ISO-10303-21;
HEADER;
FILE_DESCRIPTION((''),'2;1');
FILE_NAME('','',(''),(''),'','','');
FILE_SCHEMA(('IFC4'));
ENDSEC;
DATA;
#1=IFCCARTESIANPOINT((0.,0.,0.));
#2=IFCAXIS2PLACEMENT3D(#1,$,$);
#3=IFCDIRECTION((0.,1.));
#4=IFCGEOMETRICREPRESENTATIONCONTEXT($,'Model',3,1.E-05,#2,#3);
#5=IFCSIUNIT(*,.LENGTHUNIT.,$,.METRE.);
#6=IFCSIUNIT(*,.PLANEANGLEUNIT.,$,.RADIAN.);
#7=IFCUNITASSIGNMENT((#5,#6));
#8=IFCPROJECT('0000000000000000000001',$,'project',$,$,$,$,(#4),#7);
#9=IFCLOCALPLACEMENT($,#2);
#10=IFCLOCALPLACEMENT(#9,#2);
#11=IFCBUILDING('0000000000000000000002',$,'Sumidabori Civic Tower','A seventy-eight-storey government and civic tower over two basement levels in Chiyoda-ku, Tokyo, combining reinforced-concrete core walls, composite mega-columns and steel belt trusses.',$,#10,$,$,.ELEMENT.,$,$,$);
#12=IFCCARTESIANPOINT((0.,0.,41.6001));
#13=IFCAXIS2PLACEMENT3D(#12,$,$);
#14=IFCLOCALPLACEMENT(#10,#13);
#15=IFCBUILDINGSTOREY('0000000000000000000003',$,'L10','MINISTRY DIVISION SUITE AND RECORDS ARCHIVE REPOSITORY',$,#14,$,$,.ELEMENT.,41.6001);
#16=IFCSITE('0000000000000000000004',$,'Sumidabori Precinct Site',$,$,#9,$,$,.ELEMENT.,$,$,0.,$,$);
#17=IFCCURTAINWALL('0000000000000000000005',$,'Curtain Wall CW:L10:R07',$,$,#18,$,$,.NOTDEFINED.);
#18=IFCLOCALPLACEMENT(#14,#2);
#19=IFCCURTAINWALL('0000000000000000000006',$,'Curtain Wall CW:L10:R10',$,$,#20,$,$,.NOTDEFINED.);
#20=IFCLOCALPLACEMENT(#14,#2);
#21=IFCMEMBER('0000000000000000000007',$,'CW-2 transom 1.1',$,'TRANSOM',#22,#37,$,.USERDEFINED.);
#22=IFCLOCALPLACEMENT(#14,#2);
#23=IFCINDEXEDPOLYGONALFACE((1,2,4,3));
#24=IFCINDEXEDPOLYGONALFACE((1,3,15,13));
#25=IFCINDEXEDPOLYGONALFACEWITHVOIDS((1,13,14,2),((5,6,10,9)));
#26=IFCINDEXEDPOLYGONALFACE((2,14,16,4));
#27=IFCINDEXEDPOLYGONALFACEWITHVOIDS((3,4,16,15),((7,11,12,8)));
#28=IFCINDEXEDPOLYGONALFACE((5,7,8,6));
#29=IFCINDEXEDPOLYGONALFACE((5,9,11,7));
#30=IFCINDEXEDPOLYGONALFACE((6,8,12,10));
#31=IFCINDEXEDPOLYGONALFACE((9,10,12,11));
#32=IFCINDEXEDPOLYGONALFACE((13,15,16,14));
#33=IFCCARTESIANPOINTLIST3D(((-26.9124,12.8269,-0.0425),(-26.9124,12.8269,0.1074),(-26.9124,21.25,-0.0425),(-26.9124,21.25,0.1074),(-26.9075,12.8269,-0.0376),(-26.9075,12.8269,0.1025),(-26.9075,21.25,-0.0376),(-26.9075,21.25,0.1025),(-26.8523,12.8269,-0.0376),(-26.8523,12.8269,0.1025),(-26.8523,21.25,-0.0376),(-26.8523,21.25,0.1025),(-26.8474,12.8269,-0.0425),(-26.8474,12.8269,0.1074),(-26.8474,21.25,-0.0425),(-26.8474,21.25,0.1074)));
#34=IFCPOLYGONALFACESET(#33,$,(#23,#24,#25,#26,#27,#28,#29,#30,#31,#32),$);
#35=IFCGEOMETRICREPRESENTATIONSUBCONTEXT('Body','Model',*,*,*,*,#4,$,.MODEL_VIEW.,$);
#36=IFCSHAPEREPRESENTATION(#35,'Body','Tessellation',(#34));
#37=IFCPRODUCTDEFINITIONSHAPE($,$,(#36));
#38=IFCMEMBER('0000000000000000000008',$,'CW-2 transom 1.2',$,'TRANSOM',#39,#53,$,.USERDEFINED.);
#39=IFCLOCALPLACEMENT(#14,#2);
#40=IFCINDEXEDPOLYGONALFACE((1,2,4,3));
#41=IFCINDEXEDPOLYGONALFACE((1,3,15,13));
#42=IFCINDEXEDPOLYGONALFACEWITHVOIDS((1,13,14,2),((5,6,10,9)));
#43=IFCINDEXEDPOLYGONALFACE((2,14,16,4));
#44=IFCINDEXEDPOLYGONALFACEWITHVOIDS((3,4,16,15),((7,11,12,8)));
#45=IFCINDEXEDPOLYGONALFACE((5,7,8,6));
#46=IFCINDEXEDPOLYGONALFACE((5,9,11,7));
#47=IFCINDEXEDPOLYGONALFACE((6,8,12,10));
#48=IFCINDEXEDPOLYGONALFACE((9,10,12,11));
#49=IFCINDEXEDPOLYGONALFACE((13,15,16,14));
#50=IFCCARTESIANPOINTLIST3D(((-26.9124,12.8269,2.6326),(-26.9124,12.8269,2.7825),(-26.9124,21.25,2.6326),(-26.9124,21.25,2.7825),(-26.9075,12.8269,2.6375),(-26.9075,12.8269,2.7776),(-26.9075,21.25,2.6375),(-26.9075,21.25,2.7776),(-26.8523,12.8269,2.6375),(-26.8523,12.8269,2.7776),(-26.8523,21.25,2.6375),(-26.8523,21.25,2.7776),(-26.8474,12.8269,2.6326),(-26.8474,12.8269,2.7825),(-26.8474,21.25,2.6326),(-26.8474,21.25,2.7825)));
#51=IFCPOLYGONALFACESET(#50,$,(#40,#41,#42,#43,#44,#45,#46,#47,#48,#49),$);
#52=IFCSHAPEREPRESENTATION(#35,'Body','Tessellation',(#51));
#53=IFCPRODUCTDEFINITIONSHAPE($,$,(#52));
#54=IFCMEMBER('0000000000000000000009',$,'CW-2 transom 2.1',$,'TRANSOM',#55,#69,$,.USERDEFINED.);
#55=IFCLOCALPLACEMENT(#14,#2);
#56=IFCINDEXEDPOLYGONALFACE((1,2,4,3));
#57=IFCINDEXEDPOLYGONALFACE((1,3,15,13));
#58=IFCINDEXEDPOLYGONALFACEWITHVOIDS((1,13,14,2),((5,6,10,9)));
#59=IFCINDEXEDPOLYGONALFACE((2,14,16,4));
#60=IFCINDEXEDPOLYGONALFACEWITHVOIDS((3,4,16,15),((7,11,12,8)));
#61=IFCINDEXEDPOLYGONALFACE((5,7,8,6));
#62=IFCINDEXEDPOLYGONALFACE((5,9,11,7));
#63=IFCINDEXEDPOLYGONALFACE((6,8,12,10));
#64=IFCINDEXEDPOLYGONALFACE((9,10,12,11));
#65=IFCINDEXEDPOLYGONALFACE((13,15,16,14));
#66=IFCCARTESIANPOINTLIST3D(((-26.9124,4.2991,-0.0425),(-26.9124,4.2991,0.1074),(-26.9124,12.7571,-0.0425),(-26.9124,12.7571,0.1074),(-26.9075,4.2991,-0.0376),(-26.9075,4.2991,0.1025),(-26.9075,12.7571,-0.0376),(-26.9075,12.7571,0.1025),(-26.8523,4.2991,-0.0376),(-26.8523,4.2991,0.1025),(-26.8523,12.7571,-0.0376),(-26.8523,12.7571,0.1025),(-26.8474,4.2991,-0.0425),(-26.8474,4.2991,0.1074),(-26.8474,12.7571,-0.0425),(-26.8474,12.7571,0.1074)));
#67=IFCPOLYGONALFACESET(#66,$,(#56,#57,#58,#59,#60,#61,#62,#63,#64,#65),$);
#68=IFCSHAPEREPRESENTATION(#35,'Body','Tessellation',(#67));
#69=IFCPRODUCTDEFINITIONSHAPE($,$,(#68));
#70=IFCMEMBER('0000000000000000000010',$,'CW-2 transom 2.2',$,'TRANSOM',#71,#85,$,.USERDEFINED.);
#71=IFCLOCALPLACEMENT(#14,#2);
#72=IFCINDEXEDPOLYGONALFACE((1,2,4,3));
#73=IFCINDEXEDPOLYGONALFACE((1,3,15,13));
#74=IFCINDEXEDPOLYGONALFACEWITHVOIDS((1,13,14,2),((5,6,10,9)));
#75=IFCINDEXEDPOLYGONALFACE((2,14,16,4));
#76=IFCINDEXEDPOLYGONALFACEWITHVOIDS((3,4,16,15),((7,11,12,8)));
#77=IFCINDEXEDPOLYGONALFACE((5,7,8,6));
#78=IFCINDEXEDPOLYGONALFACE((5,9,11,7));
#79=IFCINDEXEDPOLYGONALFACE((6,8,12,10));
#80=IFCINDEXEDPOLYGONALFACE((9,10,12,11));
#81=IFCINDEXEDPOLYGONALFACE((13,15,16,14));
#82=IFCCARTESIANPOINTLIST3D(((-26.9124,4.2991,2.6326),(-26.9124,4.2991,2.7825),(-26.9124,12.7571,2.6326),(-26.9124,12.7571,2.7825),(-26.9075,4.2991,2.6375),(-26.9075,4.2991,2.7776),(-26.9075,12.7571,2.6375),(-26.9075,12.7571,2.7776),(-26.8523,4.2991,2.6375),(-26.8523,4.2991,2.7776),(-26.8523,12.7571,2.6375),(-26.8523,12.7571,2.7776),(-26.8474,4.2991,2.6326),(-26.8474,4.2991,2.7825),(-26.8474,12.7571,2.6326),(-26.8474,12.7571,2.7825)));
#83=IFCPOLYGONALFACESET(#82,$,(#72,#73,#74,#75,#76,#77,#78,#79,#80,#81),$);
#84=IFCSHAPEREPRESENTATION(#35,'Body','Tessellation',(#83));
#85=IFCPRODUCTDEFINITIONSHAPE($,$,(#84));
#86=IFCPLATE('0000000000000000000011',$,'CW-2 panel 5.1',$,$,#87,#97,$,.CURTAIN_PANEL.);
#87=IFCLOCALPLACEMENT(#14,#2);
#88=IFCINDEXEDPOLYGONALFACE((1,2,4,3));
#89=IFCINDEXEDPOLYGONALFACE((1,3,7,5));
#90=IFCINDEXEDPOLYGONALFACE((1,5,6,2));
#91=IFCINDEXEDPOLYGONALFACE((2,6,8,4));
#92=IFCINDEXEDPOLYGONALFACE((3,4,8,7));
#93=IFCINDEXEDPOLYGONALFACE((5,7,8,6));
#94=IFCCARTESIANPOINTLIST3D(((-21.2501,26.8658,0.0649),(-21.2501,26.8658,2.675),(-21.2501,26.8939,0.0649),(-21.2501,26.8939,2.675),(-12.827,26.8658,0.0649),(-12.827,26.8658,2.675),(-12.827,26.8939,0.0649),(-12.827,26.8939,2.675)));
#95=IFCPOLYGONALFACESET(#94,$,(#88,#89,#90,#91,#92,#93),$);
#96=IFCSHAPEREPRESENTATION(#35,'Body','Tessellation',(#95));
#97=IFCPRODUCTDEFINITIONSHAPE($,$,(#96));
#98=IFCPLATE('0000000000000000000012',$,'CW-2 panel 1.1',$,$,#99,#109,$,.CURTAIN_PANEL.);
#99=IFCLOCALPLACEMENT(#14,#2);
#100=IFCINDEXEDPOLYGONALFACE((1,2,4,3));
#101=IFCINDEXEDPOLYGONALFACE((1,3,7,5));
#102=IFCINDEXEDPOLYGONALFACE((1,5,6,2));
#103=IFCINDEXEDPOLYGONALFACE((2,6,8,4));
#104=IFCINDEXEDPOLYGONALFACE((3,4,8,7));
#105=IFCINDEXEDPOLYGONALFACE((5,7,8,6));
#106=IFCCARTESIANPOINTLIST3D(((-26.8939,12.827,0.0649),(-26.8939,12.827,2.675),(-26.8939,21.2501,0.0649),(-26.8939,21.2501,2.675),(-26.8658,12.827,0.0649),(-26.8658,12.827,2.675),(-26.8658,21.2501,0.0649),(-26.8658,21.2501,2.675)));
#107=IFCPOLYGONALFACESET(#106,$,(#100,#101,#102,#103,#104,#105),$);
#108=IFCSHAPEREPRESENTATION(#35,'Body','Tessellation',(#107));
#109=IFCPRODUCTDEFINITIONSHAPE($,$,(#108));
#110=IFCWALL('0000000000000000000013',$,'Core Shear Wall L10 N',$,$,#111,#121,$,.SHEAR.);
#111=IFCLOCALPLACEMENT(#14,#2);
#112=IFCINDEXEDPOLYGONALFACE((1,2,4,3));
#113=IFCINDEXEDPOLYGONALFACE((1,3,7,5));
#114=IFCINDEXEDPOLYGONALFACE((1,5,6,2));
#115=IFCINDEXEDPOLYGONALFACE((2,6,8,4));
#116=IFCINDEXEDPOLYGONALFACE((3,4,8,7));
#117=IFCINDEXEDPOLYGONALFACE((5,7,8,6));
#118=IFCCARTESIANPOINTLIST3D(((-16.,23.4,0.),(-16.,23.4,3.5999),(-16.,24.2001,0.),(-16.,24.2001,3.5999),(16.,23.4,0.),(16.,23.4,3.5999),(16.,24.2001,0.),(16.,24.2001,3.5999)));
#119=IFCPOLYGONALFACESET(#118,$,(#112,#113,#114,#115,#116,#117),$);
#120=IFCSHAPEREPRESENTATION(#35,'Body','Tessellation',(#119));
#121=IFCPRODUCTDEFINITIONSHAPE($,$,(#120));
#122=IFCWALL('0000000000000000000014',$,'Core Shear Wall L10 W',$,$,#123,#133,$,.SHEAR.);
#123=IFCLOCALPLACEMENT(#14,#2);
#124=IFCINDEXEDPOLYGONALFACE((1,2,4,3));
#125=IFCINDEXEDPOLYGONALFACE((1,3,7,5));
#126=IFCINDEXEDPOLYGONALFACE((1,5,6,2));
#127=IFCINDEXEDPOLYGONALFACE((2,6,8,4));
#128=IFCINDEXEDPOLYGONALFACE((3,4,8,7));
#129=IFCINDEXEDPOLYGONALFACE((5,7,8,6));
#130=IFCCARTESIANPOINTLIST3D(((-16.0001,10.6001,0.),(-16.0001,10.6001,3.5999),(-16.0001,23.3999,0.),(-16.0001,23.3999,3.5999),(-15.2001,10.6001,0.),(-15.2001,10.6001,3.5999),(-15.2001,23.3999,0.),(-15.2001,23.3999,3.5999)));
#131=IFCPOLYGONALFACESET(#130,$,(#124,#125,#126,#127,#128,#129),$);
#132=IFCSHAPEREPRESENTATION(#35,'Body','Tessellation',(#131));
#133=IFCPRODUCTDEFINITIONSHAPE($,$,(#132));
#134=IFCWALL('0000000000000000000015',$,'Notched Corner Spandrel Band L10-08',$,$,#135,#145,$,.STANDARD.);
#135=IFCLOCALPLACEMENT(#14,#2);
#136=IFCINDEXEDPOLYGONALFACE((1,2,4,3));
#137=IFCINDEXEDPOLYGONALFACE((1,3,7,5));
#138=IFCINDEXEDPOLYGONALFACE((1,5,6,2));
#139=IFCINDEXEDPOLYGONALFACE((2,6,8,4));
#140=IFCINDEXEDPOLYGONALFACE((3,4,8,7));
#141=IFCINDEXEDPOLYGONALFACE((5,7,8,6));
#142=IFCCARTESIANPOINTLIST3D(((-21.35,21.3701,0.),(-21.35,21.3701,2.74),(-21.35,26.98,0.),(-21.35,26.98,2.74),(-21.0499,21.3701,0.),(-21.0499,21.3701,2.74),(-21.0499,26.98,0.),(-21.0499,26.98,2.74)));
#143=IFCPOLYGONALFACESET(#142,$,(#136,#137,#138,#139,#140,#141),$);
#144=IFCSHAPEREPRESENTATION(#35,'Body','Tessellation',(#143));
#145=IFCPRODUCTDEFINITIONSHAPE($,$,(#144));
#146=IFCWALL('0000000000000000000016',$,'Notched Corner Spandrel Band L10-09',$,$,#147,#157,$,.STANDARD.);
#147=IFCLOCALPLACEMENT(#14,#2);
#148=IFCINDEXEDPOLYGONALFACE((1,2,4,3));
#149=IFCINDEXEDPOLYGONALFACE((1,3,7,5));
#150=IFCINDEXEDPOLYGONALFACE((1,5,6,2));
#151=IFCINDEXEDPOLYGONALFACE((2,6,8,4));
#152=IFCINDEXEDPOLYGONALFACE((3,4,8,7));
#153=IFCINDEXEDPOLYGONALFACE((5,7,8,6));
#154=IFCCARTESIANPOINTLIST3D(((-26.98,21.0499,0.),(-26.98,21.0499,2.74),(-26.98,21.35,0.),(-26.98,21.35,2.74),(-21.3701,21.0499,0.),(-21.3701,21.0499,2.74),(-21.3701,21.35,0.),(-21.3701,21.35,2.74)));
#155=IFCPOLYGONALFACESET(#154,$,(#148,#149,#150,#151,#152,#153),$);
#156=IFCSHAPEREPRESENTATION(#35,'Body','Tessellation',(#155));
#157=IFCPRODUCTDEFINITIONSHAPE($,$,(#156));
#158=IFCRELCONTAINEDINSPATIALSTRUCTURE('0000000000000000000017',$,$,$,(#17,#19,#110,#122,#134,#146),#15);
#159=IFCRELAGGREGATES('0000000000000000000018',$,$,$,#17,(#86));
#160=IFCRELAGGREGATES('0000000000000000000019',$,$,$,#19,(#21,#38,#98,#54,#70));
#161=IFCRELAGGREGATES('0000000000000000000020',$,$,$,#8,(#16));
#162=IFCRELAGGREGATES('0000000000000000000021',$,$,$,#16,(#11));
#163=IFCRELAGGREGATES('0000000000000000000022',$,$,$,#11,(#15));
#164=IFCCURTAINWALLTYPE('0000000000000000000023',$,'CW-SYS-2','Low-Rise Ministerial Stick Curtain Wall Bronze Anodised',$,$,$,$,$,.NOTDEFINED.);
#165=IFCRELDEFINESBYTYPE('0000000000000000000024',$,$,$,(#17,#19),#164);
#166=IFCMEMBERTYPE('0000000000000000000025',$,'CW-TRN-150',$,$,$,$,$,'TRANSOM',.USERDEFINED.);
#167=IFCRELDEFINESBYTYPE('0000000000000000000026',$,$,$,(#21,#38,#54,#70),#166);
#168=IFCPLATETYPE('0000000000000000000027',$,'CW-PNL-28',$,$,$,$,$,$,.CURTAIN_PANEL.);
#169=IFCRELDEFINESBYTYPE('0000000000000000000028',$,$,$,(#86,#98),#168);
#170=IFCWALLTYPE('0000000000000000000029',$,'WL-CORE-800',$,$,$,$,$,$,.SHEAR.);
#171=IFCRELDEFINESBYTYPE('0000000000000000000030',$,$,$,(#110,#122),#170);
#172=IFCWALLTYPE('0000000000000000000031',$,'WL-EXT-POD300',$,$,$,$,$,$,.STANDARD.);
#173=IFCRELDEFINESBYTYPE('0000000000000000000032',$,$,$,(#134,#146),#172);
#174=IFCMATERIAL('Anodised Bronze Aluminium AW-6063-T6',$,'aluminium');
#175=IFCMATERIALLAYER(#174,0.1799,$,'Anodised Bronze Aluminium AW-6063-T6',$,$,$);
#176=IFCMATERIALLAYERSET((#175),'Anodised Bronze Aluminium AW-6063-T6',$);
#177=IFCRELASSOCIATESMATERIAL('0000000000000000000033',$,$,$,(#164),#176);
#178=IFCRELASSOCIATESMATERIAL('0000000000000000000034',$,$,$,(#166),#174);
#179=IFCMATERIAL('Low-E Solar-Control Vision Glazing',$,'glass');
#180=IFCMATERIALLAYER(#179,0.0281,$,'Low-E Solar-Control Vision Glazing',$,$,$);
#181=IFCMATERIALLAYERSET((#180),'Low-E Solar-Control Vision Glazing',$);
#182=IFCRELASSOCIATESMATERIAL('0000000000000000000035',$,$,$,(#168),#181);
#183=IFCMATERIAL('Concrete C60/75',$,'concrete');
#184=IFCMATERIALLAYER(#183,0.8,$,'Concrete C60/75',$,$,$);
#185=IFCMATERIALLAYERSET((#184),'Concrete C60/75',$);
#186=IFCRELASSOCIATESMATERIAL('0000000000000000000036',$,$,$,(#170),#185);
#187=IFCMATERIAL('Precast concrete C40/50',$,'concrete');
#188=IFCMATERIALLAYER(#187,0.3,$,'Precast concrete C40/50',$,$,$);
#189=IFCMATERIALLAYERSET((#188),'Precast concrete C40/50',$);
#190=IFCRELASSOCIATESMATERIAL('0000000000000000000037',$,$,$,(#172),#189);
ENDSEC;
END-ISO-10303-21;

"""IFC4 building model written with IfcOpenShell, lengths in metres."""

from ifc_helpers import new_model, si_unit, direction, frame, frame_2d, origin, origin_2d, place, context, subcontext, project, spatial, rectangle, hollow_rectangle, extrude, source, transform, mapped, material, layer, layer_set, material_profile, profile_set, type_object, element, aggregate, save


model = new_model("IFC4")

# Units and contexts
model_context = context("Model", 3, precision=1e-05, world=origin(), true_north=direction((0.0, 1.0)))
body_context = subcontext(model_context, "Body", "Model", "MODEL_VIEW")
ifc_project = project(units=[si_unit("LENGTHUNIT", "METRE"), si_unit("PLANEANGLEUNIT", "RADIAN")], contexts=[model_context])

# Site, building, storey
site_placement = place(None, origin())
site = spatial("IfcSite", under=ifc_project, at=site_placement, Name="Sumidabori Precinct Site", CompositionType="ELEMENT", RefElevation=0.0)
building_placement = place(site_placement, origin())
building = spatial("IfcBuilding", under=site, at=building_placement, Name="Sumidabori Civic Tower", Description="A seventy-eight-storey government and civic tower over two basement levels in Chiyoda-ku, Tokyo, combining reinforced-concrete core walls, composite mega-columns and steel belt trusses.", CompositionType="ELEMENT")
storey_placement = place(building_placement, frame((0.0, 0.0, 41.6001)))
storey = spatial("IfcBuildingStorey", under=building, at=storey_placement, Name="L10", Description="MINISTRY DIVISION SUITE AND RECORDS ARCHIVE REPOSITORY", CompositionType="ELEMENT", Elevation=41.6001)

# Shared definitions
ifc_material_1 = material(Name="Concrete C60/75", Category="concrete")

# Curtain wall
ifc_material_2 = material(Name="Anodised Bronze Aluminium AW-6063-T6", Category="aluminium")
ifc_layer_1 = layer(ifc_material_2, 0.1799, Name="Anodised Bronze Aluminium AW-6063-T6")
ifc_layer_set_1 = layer_set([ifc_layer_1], Name="Anodised Bronze Aluminium AW-6063-T6")
curtain_wall_type = type_object("IfcCurtainWallType", Name="CW-SYS-2", Description="Low-Rise Ministerial Stick Curtain Wall Bronze Anodised", PredefinedType="NOTDEFINED", material=ifc_layer_set_1)
curtain_wall_1_placement = place(storey_placement, origin())
curtain_wall_1 = element("IfcCurtainWall", 1, at=curtain_wall_1_placement, inside=storey, type_object=curtain_wall_type, Name="Curtain Wall CW:L10:R07", PredefinedType="NOTDEFINED")

# Curtain wall, members
curtain_wall_2_placement = place(storey_placement, origin())
curtain_wall_2 = element("IfcCurtainWall", 2, at=curtain_wall_2_placement, inside=storey, type_object=curtain_wall_type, Name="Curtain Wall CW:L10:R10", PredefinedType="NOTDEFINED")
ifc_material_profile_1 = material_profile(ifc_material_2, hollow_rectangle(XDim=0.0649, YDim=0.1499, WallThickness=0.0049, at=origin_2d()), Name="ALU TRANSOM 150x65")
ifc_profile_set_1 = profile_set([ifc_material_profile_1], Name="Anodised Bronze Aluminium AW-6063-T6")
member_type_1 = type_object("IfcMemberType", Name="CW-TRN-150", ElementType="TRANSOM", PredefinedType="USERDEFINED", material=ifc_profile_set_1)
shared_shape_1 = source(origin(), body_context, "Body", "SweptSolid", [
    extrude(hollow_rectangle(XDim=0.0649, YDim=0.1499, WallThickness=0.0049, at=origin_2d()), origin(), (0.0, 0.0, 1.0), 8.4231),
])
member_1_placement = place(storey_placement, frame((-26.8799, 21.25, 0.0325), z_axis=(0.0, -1.0, 0.0), x_axis=(1.0, 0.0, 0.0)))
member_1 = element("IfcMember", 3, at=member_1_placement, type_object=member_type_1, Name="CW-2 transom 1.1", ObjectType="TRANSOM", PredefinedType="USERDEFINED", context=body_context, shape_type="MappedRepresentation", body=[
    mapped(shared_shape_1, transform((0.0, 0.0, 0.0), x_axis=(1.0, 0.0, 0.0), y_axis=(0.0, 1.0, 0.0), z_axis=(0.0, 0.0, 1.0), scale=1.0)),
])
member_2_placement = place(storey_placement, frame((-26.8799, 21.25, 2.7075), z_axis=(0.0, -1.0, 0.0), x_axis=(1.0, 0.0, 0.0)))
member_2 = element("IfcMember", 4, at=member_2_placement, type_object=member_type_1, Name="CW-2 transom 1.2", ObjectType="TRANSOM", PredefinedType="USERDEFINED", context=body_context, shape_type="MappedRepresentation", body=[
    mapped(shared_shape_1, transform((0.0, 0.0, 0.0), x_axis=(1.0, 0.0, 0.0), y_axis=(0.0, 1.0, 0.0), z_axis=(0.0, 0.0, 1.0), scale=1.0)),
])
shared_shape_2 = source(origin(), body_context, "Body", "SweptSolid", [
    extrude(hollow_rectangle(XDim=0.0649, YDim=0.1499, WallThickness=0.0049, at=origin_2d()), origin(), (0.0, 0.0, 1.0), 8.458),
])
member_3_placement = place(storey_placement, frame((-26.8799, 12.7571, 0.0325), z_axis=(0.0, -1.0, 0.0), x_axis=(1.0, 0.0, 0.0)))
member_3 = element("IfcMember", 5, at=member_3_placement, type_object=member_type_1, Name="CW-2 transom 2.1", ObjectType="TRANSOM", PredefinedType="USERDEFINED", context=body_context, shape_type="MappedRepresentation", body=[
    mapped(shared_shape_2, transform((0.0, 0.0, 0.0), x_axis=(1.0, 0.0, 0.0), y_axis=(0.0, 1.0, 0.0), z_axis=(0.0, 0.0, 1.0), scale=1.0)),
])
member_4_placement = place(storey_placement, frame((-26.8799, 12.7571, 2.7075), z_axis=(0.0, -1.0, 0.0), x_axis=(1.0, 0.0, 0.0)))
member_4 = element("IfcMember", 6, at=member_4_placement, type_object=member_type_1, Name="CW-2 transom 2.2", ObjectType="TRANSOM", PredefinedType="USERDEFINED", context=body_context, shape_type="MappedRepresentation", body=[
    mapped(shared_shape_2, transform((0.0, 0.0, 0.0), x_axis=(1.0, 0.0, 0.0), y_axis=(0.0, 1.0, 0.0), z_axis=(0.0, 0.0, 1.0), scale=1.0)),
])

# Plates
ifc_material_3 = material(Name="Low-E Solar-Control Vision Glazing", Category="glass")
ifc_layer_2 = layer(ifc_material_3, 0.0281, Name="Low-E Solar-Control Vision Glazing")
ifc_layer_set_2 = layer_set([ifc_layer_2], Name="Low-E Solar-Control Vision Glazing")
plate_type = type_object("IfcPlateType", Name="CW-PNL-28", PredefinedType="CURTAIN_PANEL", material=ifc_layer_set_2)
shared_shape_3 = source(origin(), body_context, "Body", "SweptSolid", [
    extrude(rectangle(XDim=8.4231, YDim=0.0281, at=origin_2d()), origin(), (0.0, 0.0, 1.0), 2.6101),
])
plate_1_placement = place(storey_placement, frame((-17.0386, 26.8799, 0.0649), z_axis=(0.0, 0.0, 1.0), x_axis=(-1.0, 0.0, 0.0)))
plate_1 = element("IfcPlate", 7, at=plate_1_placement, type_object=plate_type, Name="CW-2 panel 5.1", PredefinedType="CURTAIN_PANEL", context=body_context, shape_type="MappedRepresentation", body=[
    mapped(shared_shape_3, transform((0.0, 0.0, 0.0), x_axis=(1.0, 0.0, 0.0), y_axis=(0.0, 1.0, 0.0), z_axis=(0.0, 0.0, 1.0), scale=1.0)),
])
aggregate(curtain_wall_1, [plate_1])
plate_2_placement = place(storey_placement, frame((-26.8799, 17.0386, 0.0649), z_axis=(0.0, 0.0, 1.0), x_axis=(0.0, -1.0, 0.0)))
plate_2 = element("IfcPlate", 8, at=plate_2_placement, type_object=plate_type, Name="CW-2 panel 1.1", PredefinedType="CURTAIN_PANEL", context=body_context, shape_type="MappedRepresentation", body=[
    mapped(shared_shape_3, transform((0.0, 0.0, 0.0), x_axis=(1.0, 0.0, 0.0), y_axis=(0.0, 1.0, 0.0), z_axis=(0.0, 0.0, 1.0), scale=1.0)),
])
aggregate(curtain_wall_2, [member_1, member_2, plate_2, member_3, member_4])

# Wall
ifc_layer_3 = layer(ifc_material_1, 0.8, Name="Concrete C60/75")
ifc_layer_set_3 = layer_set([ifc_layer_3], Name="Concrete C60/75")
wall_type_1 = type_object("IfcWallType", Name="WL-CORE-800", PredefinedType="SHEAR", material=ifc_layer_set_3)
shared_shape_4 = source(origin(), body_context, "Body", "SweptSolid", [
    extrude(rectangle(XDim=32.0, YDim=0.8, at=frame_2d((16.0, 0.0))), origin(), (0.0, 0.0, 1.0), 3.5999),
])
wall_1_placement = place(storey_placement, frame((-16.0, 23.8, 0.0), z_axis=(0.0, 0.0, 1.0), x_axis=(1.0, 0.0, 0.0)))
element("IfcWall", 9, at=wall_1_placement, inside=storey, type_object=wall_type_1, Name="Core Shear Wall L10 N", PredefinedType="SHEAR", context=body_context, shape_type="MappedRepresentation", body=[
    mapped(shared_shape_4, transform((0.0, 0.0, 0.0), x_axis=(1.0, 0.0, 0.0), y_axis=(0.0, 1.0, 0.0), z_axis=(0.0, 0.0, 1.0), scale=1.0)),
])

# Walls
shared_shape_5 = source(origin(), body_context, "Body", "SweptSolid", [
    extrude(rectangle(XDim=12.7998, YDim=0.8, at=frame_2d((6.3999, 0.0))), origin(), (0.0, 0.0, 1.0), 3.5999),
])
wall_2_placement = place(storey_placement, frame((-15.6001, 10.6001, 0.0), z_axis=(0.0, 0.0, 1.0), x_axis=(0.0, 1.0, 0.0)))
element("IfcWall", 10, at=wall_2_placement, inside=storey, type_object=wall_type_1, Name="Core Shear Wall L10 W", PredefinedType="SHEAR", context=body_context, shape_type="MappedRepresentation", body=[
    mapped(shared_shape_5, transform((0.0, 0.0, 0.0), x_axis=(1.0, 0.0, 0.0), y_axis=(0.0, 1.0, 0.0), z_axis=(0.0, 0.0, 1.0), scale=1.0)),
])
ifc_material_4 = material(Name="Precast concrete C40/50", Category="concrete")
ifc_layer_4 = layer(ifc_material_4, 0.3, Name="Precast concrete C40/50")
ifc_layer_set_4 = layer_set([ifc_layer_4], Name="Precast concrete C40/50")
wall_type_2 = type_object("IfcWallType", Name="WL-EXT-POD300", PredefinedType="STANDARD", material=ifc_layer_set_4)
shared_shape_6 = source(origin(), body_context, "Body", "SweptSolid", [
    extrude(rectangle(XDim=5.6099, YDim=0.3, at=frame_2d((2.8049, 0.0))), origin(), (0.0, 0.0, 1.0), 2.74),
])
for number, where, z_axis, x_axis, name in (
    (11, (-21.2, 26.98, 0.0), (0.0, 0.0, 1.0), (0.0, -1.0, 0.0), "Notched Corner Spandrel Band L10-08"),
    (12, (-21.3701, 21.2, 0.0), (0.0, 0.0, 1.0), (-1.0, 0.0, 0.0), "Notched Corner Spandrel Band L10-09"),
):
    element("IfcWall", number, at=place(storey_placement, frame(where, z_axis=z_axis, x_axis=x_axis)), inside=storey, type_object=wall_type_2, Name=name, PredefinedType="STANDARD", context=body_context, shape_type="MappedRepresentation", body=[
        mapped(shared_shape_6, transform((0.0, 0.0, 0.0), x_axis=(1.0, 0.0, 0.0), y_axis=(0.0, 1.0, 0.0), z_axis=(0.0, 0.0, 1.0), scale=1.0)),
    ])

save(model, "model.ifc")
